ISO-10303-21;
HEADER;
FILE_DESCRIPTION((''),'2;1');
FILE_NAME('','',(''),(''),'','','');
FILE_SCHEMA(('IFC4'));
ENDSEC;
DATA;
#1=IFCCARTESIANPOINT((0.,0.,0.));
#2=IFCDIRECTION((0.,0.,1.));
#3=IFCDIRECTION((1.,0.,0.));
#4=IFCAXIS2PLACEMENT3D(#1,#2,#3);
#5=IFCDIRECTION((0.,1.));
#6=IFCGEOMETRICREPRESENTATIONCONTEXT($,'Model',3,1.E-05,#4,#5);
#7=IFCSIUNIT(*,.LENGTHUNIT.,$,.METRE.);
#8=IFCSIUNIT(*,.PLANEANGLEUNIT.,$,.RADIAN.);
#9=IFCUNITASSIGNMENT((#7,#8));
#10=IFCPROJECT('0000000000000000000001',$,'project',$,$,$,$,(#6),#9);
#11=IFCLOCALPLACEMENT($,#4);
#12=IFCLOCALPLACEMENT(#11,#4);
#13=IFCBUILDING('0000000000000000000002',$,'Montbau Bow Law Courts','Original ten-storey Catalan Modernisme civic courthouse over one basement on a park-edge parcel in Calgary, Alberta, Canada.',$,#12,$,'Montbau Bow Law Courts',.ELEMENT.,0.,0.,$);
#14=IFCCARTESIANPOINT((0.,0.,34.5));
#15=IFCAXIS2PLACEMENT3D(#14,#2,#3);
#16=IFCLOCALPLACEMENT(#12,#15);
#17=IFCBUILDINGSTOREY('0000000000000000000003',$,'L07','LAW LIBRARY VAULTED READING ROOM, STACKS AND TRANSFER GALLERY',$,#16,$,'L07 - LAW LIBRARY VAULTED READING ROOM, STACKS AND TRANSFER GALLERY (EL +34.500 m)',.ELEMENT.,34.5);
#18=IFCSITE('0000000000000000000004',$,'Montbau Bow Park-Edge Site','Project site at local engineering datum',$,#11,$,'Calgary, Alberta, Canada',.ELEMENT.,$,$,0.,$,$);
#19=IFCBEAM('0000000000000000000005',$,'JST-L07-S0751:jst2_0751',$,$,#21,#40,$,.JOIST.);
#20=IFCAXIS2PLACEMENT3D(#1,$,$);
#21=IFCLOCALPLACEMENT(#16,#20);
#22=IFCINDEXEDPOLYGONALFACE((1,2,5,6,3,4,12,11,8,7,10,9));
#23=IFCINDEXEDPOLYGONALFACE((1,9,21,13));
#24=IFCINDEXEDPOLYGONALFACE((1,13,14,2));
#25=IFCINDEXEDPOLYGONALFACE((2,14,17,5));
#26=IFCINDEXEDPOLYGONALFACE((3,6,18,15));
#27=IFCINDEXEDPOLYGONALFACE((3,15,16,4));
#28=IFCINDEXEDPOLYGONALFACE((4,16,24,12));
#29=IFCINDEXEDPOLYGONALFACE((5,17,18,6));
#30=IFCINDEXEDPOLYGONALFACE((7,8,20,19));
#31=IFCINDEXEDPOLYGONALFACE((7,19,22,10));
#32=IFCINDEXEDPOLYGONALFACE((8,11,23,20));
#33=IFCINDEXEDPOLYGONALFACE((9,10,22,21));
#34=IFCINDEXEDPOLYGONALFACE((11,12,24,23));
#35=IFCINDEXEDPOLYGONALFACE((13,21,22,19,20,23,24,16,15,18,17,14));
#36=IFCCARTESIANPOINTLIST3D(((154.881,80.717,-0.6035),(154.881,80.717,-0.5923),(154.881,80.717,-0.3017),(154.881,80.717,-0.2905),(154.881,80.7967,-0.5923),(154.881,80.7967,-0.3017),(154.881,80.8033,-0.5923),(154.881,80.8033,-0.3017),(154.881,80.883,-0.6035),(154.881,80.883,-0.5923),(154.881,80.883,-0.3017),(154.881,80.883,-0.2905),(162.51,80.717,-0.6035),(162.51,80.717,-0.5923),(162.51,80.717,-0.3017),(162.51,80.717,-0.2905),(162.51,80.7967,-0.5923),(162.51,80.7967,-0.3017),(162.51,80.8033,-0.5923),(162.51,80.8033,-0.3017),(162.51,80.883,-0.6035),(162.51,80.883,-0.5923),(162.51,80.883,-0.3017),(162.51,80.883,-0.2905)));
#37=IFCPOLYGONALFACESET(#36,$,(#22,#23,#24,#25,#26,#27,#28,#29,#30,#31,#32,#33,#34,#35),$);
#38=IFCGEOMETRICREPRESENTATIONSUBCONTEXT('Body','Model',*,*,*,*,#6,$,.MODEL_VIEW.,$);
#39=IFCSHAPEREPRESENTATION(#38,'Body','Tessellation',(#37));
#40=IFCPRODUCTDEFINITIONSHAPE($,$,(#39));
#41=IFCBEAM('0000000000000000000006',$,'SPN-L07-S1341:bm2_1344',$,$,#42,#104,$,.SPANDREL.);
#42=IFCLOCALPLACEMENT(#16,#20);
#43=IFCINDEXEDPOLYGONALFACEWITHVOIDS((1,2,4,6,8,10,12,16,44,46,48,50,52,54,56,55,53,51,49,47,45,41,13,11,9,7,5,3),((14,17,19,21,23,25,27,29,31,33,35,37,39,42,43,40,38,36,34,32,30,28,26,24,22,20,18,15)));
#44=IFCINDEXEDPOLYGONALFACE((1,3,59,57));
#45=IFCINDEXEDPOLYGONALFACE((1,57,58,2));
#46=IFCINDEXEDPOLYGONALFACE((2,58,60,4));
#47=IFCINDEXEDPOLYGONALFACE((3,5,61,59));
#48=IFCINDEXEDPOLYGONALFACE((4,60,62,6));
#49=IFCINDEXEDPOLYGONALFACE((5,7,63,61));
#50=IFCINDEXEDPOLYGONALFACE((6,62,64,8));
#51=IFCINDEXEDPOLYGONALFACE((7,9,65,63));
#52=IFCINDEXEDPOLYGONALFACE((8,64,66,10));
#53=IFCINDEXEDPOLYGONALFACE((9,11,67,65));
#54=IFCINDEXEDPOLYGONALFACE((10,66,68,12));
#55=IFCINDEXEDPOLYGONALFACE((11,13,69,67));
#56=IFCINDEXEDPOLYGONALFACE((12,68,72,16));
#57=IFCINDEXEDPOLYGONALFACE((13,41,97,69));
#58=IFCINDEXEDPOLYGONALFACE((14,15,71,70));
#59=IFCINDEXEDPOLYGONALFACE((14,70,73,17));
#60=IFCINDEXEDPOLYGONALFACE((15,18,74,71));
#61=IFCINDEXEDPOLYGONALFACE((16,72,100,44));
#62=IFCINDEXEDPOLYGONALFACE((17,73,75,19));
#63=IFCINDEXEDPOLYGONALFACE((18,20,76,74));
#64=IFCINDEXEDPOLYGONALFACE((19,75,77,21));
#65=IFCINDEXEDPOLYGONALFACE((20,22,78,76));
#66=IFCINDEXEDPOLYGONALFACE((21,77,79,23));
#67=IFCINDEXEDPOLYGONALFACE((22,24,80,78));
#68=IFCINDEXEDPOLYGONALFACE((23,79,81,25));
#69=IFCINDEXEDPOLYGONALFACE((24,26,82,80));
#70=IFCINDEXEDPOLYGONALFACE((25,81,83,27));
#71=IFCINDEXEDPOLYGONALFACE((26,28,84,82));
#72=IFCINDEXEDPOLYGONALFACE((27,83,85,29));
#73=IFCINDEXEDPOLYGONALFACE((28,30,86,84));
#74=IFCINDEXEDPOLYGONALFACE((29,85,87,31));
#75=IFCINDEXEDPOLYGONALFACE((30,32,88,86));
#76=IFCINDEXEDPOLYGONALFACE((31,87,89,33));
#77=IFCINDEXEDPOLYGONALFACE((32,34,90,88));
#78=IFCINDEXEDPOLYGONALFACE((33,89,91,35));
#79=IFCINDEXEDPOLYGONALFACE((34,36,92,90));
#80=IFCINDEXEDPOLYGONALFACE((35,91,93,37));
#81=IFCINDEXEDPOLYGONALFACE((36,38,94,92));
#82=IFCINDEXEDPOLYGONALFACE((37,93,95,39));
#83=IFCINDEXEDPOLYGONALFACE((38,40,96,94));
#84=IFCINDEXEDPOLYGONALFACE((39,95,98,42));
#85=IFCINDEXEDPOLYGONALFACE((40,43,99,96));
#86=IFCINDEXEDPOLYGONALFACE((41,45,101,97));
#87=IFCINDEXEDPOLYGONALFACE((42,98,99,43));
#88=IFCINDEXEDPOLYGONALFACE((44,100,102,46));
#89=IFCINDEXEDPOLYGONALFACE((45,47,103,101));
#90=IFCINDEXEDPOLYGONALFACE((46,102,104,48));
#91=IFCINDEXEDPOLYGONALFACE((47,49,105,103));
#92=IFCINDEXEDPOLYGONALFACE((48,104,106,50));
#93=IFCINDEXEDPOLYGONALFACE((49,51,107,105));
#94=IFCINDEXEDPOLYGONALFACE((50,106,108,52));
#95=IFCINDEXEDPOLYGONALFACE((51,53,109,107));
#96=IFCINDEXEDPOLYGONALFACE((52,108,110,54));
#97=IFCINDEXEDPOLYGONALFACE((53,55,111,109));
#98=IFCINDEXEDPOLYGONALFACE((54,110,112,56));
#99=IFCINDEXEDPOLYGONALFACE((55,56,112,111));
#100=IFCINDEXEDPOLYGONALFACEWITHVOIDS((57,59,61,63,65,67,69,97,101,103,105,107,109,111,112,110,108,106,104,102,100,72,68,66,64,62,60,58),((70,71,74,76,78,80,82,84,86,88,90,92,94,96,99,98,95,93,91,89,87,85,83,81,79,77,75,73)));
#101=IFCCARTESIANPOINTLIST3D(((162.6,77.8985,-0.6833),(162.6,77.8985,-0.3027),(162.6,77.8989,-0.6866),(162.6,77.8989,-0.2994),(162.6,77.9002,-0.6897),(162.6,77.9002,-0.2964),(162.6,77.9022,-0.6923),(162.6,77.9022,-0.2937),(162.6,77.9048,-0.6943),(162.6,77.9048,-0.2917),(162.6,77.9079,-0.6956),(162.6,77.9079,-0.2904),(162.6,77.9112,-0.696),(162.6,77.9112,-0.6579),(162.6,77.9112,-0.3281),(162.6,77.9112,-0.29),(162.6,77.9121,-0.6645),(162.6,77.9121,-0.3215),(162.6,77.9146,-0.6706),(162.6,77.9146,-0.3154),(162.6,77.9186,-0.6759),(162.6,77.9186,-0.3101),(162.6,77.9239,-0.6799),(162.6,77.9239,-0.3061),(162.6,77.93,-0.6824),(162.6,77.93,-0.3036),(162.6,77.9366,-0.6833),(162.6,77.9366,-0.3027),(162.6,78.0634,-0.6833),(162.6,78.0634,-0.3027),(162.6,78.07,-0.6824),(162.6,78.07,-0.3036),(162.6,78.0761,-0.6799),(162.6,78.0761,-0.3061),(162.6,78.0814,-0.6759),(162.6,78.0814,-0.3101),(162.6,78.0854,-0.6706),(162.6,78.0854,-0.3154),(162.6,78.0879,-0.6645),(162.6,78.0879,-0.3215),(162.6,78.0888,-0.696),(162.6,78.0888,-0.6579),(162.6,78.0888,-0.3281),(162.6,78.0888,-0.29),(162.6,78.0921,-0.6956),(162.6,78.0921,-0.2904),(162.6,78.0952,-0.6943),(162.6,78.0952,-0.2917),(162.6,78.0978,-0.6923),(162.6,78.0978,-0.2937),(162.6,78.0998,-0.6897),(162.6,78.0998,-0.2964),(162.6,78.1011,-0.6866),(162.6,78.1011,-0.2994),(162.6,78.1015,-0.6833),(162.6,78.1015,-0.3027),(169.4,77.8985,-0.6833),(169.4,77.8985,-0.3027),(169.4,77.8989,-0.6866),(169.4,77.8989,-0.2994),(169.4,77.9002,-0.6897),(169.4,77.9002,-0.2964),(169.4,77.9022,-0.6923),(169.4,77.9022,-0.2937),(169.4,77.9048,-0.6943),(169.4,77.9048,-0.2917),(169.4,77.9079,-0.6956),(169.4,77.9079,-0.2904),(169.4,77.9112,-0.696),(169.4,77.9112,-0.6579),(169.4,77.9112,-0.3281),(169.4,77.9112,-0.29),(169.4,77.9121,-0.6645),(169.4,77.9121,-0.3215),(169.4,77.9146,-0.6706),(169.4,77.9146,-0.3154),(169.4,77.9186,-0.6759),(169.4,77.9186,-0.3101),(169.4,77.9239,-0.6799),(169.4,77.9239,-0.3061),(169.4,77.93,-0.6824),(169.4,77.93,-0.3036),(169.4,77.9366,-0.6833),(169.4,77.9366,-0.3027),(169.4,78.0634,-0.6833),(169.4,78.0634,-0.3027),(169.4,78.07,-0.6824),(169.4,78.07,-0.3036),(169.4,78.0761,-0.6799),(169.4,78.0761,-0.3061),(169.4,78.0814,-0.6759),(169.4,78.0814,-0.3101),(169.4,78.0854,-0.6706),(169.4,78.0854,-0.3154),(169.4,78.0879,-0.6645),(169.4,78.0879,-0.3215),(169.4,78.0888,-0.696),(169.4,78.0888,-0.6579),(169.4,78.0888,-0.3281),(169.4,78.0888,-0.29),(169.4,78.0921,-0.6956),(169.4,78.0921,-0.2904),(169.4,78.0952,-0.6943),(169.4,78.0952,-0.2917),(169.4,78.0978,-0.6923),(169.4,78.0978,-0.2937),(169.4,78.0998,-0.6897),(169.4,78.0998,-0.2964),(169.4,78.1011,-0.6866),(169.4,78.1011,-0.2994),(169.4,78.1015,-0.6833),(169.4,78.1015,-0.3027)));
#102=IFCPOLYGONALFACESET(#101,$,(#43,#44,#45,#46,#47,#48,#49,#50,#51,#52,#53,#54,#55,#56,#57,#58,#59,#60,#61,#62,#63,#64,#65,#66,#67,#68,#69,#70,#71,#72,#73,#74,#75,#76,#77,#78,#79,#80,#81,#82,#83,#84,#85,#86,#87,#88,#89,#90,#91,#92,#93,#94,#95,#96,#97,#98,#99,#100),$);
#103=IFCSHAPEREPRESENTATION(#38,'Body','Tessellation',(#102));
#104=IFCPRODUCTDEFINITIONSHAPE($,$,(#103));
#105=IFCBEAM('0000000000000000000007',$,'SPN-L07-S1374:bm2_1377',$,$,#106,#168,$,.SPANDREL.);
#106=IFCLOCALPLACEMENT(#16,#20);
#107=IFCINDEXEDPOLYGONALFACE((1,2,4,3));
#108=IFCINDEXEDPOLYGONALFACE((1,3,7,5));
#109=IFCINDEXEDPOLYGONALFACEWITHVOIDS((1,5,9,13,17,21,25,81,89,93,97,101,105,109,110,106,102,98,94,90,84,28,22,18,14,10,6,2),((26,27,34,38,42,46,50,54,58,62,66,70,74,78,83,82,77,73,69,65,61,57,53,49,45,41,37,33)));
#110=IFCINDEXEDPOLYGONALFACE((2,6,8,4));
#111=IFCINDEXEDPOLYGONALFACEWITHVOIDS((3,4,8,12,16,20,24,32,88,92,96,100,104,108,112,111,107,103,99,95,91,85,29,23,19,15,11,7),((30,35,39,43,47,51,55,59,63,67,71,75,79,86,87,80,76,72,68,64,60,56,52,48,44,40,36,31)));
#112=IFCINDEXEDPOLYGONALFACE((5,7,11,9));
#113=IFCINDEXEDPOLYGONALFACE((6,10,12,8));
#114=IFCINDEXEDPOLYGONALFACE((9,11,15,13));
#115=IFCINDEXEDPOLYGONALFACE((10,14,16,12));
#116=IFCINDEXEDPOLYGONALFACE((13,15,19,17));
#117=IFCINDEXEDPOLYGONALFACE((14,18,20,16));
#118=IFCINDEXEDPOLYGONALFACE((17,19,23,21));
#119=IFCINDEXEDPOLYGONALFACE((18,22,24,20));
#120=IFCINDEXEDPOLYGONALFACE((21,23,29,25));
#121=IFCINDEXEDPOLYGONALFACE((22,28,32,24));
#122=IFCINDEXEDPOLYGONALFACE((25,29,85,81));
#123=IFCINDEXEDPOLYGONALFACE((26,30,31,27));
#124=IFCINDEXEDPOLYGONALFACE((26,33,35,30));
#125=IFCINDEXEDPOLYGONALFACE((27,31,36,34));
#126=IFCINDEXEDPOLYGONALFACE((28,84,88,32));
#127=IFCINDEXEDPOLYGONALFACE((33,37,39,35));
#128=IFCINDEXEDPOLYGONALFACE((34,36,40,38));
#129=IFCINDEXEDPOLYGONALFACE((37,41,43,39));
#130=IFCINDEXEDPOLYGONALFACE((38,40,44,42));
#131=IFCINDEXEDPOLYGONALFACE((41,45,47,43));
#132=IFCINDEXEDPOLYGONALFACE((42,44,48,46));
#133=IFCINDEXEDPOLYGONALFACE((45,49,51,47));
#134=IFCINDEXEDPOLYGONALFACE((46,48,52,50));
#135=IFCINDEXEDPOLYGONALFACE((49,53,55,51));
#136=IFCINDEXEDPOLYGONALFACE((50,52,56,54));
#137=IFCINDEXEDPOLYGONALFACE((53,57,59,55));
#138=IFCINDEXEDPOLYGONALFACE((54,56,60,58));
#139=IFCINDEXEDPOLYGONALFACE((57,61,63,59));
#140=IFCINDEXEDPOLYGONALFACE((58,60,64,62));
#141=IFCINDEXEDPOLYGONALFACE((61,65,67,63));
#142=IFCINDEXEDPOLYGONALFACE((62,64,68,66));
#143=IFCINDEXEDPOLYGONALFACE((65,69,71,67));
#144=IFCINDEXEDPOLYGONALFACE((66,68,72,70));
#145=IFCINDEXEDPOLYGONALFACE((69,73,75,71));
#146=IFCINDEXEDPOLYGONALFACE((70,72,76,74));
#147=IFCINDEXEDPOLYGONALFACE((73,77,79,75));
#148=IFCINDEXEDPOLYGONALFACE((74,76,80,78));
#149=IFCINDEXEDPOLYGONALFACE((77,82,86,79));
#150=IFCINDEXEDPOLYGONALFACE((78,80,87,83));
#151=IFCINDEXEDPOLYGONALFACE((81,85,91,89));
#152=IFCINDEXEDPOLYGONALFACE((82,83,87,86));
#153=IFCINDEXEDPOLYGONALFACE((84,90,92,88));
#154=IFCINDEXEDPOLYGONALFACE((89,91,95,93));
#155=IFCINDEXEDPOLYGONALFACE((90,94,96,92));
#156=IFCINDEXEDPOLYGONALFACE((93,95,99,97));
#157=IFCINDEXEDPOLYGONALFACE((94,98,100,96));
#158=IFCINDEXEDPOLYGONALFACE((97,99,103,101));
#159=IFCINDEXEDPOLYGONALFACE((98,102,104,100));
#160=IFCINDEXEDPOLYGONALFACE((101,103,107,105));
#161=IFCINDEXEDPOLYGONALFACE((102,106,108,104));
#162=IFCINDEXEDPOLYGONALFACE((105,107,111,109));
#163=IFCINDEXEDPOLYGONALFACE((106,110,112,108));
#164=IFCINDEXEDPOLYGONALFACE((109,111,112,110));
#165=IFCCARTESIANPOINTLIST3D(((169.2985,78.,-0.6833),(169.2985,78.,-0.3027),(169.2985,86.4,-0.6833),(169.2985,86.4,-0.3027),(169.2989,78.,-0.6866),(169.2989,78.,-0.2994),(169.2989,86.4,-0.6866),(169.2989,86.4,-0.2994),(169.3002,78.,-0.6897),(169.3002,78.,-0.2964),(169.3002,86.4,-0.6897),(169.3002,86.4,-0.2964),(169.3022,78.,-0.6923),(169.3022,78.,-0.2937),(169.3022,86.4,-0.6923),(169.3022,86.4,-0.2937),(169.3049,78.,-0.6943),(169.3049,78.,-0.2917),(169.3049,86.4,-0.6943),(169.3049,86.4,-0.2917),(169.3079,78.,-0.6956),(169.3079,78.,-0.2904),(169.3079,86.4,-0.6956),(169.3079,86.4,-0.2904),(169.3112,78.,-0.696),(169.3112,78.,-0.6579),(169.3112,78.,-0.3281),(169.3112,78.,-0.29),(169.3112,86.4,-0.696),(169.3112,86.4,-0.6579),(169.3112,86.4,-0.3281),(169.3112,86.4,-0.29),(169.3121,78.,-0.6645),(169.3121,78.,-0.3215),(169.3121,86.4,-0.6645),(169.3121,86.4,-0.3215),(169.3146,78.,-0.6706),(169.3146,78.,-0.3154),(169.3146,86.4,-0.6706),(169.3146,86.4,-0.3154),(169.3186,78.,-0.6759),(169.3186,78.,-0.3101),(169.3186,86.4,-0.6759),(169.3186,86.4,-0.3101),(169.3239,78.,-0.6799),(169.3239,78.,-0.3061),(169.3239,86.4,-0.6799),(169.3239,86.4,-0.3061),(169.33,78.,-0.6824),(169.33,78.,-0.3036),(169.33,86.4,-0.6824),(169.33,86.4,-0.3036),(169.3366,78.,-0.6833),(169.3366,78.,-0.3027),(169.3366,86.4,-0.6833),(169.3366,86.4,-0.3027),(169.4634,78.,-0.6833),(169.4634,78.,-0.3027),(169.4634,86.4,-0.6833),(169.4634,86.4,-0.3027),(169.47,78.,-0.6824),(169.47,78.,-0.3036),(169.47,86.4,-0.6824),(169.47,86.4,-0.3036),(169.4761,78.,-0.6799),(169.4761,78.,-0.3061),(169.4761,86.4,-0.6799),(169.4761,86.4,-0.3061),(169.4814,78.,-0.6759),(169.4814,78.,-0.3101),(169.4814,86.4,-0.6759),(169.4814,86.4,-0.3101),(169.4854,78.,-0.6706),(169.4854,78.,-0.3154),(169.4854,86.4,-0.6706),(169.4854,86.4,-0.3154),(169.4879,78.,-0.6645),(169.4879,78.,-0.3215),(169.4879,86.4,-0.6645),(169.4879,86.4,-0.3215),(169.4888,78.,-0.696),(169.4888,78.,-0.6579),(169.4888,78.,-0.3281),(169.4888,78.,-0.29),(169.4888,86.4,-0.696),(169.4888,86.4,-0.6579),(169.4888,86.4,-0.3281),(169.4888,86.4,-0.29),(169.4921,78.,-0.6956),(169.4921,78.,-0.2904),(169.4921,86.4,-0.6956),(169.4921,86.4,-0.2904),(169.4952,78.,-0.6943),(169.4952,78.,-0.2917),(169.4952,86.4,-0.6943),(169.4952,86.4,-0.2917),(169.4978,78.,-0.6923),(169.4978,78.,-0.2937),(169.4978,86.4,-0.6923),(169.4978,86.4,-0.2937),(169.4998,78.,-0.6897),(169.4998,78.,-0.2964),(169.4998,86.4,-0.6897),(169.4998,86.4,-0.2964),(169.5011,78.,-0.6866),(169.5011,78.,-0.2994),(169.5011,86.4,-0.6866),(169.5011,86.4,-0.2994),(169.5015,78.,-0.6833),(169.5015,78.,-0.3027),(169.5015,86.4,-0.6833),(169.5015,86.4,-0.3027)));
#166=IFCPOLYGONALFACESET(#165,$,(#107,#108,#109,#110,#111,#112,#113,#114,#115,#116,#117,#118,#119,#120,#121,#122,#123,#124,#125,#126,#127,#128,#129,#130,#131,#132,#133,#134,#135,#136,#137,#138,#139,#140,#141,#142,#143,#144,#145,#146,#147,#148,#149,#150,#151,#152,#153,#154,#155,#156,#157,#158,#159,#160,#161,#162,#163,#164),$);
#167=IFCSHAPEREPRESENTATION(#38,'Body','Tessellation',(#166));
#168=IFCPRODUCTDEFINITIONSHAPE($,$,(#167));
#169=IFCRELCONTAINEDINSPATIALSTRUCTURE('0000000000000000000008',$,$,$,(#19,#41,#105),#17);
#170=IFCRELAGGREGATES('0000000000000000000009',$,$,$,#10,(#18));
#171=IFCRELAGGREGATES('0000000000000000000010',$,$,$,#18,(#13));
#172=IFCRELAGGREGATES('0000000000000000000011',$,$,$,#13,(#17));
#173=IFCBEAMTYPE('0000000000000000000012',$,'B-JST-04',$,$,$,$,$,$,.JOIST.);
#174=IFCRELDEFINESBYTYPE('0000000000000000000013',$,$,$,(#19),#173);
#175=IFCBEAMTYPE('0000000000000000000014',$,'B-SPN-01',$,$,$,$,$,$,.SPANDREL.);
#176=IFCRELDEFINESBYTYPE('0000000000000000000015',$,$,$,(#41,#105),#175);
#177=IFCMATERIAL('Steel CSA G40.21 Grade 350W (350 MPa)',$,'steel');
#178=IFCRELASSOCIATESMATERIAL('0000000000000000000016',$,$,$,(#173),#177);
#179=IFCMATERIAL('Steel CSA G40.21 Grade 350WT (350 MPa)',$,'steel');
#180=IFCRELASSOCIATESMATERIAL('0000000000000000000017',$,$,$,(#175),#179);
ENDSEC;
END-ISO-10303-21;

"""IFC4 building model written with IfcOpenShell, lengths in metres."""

from ifc_helpers import new_model, si_unit, direction, frame, origin_with_axes, origin_2d_with_axis, place, context, subcontext, project, spatial, hollow_rectangle, i_section, extrude, material, material_profile, profile_set, type_object, element, save


model = new_model("IFC4")

# Units and contexts
model_context = context("Model", 3, precision=1e-05, world=origin_with_axes(), true_north=direction((0.0, 1.0)))
body_context = subcontext(model_context, "Body", "Model", "MODEL_VIEW")
ifc_project = project(units=[si_unit("LENGTHUNIT", "METRE"), si_unit("PLANEANGLEUNIT", "RADIAN")], contexts=[model_context])

# Site, building, storey
site_placement = place(None, origin_with_axes())
site = spatial("IfcSite", under=ifc_project, at=site_placement, Name="Montbau Bow Park-Edge Site", Description="Project site at local engineering datum", LongName="Calgary, Alberta, Canada", CompositionType="ELEMENT", RefElevation=0.0)
building_placement = place(site_placement, origin_with_axes())
building = spatial("IfcBuilding", under=site, at=building_placement, Name="Montbau Bow Law Courts", Description="Original ten-storey Catalan Modernisme civic courthouse over one basement on a park-edge parcel in Calgary, Alberta, Canada.", LongName="Montbau Bow Law Courts", CompositionType="ELEMENT", ElevationOfRefHeight=0.0, ElevationOfTerrain=0.0)
storey_placement = place(building_placement, frame((0.0, 0.0, 34.5), z_axis=(0.0, 0.0, 1.0), x_axis=(1.0, 0.0, 0.0)))
storey = spatial("IfcBuildingStorey", under=building, at=storey_placement, Name="L07", Description="LAW LIBRARY VAULTED READING ROOM, STACKS AND TRANSFER GALLERY", LongName="L07 - LAW LIBRARY VAULTED READING ROOM, STACKS AND TRANSFER GALLERY (EL +34.500 m)", CompositionType="ELEMENT", Elevation=34.5)

# Shared definitions
ifc_material_1 = material(Name="Steel CSA G40.21 Grade 350WT (350 MPa)", Category="steel")

# Beams
ifc_material_2 = material(Name="Steel CSA G40.21 Grade 350W (350 MPa)", Category="steel")
ifc_material_profile_1 = material_profile(ifc_material_2, i_section(OverallWidth=0.166, OverallDepth=0.313, WebThickness=0.0066, FlangeThickness=0.0112, at=origin_2d_with_axis()), Name="W310X45", Category="Main", Priority=0)
ifc_profile_set_1 = profile_set([ifc_material_profile_1], Name="Steel CSA G40.21 Grade 350W (350 MPa)")
beam_type_1 = type_object("IfcBeamType", Name="B-JST-04", PredefinedType="JOIST", material=ifc_profile_set_1)
beam_1_placement = place(None, frame((154.881, 80.8, 34.053), z_axis=(1.0, 0.0, 0.0), x_axis=(0.0, 1.0, 0.0)))
element("IfcBeam", 1, at=beam_1_placement, inside=storey, type_object=beam_type_1, Name="JST-L07-S0751:jst2_0751", PredefinedType="JOIST", context=body_context, shape_type="SweptSolid", body=[
    extrude(i_section(OverallWidth=0.166, OverallDepth=0.313, WebThickness=0.0066, FlangeThickness=0.0112, at=origin_2d_with_axis()), origin_with_axes(), (0.0, 0.0, 1.0), 7.629),
])
ifc_material_profile_2 = material_profile(ifc_material_1, hollow_rectangle(XDim=0.203, YDim=0.406, WallThickness=0.0127, InnerFilletRadius=0.0254, OuterFilletRadius=0.0127, at=origin_2d_with_axis()), Name="HSS406X203X13", Category="Main", Priority=0)
ifc_profile_set_2 = profile_set([ifc_material_profile_2], Name="Steel CSA G40.21 Grade 350WT (350 MPa)")
beam_type_2 = type_object("IfcBeamType", Name="B-SPN-01", PredefinedType="SPANDREL", material=ifc_profile_set_2)
beam_2_placement = place(None, frame((162.6, 78.0, 34.007), z_axis=(1.0, 0.0, 0.0), x_axis=(0.0, 1.0, 0.0)))
element("IfcBeam", 2, at=beam_2_placement, inside=storey, type_object=beam_type_2, Name="SPN-L07-S1341:bm2_1344", PredefinedType="SPANDREL", context=body_context, shape_type="SweptSolid", body=[
    extrude(hollow_rectangle(XDim=0.203, YDim=0.406, WallThickness=0.0127, InnerFilletRadius=0.0254, OuterFilletRadius=0.0127, at=origin_2d_with_axis()), origin_with_axes(), (0.0, 0.0, 1.0), 6.8),
])
for number, where, z_axis, x_axis, name in (
    (3, (169.4, 78.0, 34.007), (0.0, 1.0, 0.0), (-1.0, 0.0, 0.0), "SPN-L07-S1374:bm2_1377"),
):
    element("IfcBeam", number, at=place(None, frame(where, z_axis=z_axis, x_axis=x_axis)), inside=storey, type_object=beam_type_2, Name=name, PredefinedType="SPANDREL", context=body_context, shape_type="SweptSolid", body=[
        extrude(hollow_rectangle(XDim=0.203, YDim=0.406, WallThickness=0.0127, InnerFilletRadius=0.0254, OuterFilletRadius=0.0127, at=origin_2d_with_axis()), origin_with_axes(), (0.0, 0.0, 1.0), 8.4),
    ])

save(model, "model.ifc")
